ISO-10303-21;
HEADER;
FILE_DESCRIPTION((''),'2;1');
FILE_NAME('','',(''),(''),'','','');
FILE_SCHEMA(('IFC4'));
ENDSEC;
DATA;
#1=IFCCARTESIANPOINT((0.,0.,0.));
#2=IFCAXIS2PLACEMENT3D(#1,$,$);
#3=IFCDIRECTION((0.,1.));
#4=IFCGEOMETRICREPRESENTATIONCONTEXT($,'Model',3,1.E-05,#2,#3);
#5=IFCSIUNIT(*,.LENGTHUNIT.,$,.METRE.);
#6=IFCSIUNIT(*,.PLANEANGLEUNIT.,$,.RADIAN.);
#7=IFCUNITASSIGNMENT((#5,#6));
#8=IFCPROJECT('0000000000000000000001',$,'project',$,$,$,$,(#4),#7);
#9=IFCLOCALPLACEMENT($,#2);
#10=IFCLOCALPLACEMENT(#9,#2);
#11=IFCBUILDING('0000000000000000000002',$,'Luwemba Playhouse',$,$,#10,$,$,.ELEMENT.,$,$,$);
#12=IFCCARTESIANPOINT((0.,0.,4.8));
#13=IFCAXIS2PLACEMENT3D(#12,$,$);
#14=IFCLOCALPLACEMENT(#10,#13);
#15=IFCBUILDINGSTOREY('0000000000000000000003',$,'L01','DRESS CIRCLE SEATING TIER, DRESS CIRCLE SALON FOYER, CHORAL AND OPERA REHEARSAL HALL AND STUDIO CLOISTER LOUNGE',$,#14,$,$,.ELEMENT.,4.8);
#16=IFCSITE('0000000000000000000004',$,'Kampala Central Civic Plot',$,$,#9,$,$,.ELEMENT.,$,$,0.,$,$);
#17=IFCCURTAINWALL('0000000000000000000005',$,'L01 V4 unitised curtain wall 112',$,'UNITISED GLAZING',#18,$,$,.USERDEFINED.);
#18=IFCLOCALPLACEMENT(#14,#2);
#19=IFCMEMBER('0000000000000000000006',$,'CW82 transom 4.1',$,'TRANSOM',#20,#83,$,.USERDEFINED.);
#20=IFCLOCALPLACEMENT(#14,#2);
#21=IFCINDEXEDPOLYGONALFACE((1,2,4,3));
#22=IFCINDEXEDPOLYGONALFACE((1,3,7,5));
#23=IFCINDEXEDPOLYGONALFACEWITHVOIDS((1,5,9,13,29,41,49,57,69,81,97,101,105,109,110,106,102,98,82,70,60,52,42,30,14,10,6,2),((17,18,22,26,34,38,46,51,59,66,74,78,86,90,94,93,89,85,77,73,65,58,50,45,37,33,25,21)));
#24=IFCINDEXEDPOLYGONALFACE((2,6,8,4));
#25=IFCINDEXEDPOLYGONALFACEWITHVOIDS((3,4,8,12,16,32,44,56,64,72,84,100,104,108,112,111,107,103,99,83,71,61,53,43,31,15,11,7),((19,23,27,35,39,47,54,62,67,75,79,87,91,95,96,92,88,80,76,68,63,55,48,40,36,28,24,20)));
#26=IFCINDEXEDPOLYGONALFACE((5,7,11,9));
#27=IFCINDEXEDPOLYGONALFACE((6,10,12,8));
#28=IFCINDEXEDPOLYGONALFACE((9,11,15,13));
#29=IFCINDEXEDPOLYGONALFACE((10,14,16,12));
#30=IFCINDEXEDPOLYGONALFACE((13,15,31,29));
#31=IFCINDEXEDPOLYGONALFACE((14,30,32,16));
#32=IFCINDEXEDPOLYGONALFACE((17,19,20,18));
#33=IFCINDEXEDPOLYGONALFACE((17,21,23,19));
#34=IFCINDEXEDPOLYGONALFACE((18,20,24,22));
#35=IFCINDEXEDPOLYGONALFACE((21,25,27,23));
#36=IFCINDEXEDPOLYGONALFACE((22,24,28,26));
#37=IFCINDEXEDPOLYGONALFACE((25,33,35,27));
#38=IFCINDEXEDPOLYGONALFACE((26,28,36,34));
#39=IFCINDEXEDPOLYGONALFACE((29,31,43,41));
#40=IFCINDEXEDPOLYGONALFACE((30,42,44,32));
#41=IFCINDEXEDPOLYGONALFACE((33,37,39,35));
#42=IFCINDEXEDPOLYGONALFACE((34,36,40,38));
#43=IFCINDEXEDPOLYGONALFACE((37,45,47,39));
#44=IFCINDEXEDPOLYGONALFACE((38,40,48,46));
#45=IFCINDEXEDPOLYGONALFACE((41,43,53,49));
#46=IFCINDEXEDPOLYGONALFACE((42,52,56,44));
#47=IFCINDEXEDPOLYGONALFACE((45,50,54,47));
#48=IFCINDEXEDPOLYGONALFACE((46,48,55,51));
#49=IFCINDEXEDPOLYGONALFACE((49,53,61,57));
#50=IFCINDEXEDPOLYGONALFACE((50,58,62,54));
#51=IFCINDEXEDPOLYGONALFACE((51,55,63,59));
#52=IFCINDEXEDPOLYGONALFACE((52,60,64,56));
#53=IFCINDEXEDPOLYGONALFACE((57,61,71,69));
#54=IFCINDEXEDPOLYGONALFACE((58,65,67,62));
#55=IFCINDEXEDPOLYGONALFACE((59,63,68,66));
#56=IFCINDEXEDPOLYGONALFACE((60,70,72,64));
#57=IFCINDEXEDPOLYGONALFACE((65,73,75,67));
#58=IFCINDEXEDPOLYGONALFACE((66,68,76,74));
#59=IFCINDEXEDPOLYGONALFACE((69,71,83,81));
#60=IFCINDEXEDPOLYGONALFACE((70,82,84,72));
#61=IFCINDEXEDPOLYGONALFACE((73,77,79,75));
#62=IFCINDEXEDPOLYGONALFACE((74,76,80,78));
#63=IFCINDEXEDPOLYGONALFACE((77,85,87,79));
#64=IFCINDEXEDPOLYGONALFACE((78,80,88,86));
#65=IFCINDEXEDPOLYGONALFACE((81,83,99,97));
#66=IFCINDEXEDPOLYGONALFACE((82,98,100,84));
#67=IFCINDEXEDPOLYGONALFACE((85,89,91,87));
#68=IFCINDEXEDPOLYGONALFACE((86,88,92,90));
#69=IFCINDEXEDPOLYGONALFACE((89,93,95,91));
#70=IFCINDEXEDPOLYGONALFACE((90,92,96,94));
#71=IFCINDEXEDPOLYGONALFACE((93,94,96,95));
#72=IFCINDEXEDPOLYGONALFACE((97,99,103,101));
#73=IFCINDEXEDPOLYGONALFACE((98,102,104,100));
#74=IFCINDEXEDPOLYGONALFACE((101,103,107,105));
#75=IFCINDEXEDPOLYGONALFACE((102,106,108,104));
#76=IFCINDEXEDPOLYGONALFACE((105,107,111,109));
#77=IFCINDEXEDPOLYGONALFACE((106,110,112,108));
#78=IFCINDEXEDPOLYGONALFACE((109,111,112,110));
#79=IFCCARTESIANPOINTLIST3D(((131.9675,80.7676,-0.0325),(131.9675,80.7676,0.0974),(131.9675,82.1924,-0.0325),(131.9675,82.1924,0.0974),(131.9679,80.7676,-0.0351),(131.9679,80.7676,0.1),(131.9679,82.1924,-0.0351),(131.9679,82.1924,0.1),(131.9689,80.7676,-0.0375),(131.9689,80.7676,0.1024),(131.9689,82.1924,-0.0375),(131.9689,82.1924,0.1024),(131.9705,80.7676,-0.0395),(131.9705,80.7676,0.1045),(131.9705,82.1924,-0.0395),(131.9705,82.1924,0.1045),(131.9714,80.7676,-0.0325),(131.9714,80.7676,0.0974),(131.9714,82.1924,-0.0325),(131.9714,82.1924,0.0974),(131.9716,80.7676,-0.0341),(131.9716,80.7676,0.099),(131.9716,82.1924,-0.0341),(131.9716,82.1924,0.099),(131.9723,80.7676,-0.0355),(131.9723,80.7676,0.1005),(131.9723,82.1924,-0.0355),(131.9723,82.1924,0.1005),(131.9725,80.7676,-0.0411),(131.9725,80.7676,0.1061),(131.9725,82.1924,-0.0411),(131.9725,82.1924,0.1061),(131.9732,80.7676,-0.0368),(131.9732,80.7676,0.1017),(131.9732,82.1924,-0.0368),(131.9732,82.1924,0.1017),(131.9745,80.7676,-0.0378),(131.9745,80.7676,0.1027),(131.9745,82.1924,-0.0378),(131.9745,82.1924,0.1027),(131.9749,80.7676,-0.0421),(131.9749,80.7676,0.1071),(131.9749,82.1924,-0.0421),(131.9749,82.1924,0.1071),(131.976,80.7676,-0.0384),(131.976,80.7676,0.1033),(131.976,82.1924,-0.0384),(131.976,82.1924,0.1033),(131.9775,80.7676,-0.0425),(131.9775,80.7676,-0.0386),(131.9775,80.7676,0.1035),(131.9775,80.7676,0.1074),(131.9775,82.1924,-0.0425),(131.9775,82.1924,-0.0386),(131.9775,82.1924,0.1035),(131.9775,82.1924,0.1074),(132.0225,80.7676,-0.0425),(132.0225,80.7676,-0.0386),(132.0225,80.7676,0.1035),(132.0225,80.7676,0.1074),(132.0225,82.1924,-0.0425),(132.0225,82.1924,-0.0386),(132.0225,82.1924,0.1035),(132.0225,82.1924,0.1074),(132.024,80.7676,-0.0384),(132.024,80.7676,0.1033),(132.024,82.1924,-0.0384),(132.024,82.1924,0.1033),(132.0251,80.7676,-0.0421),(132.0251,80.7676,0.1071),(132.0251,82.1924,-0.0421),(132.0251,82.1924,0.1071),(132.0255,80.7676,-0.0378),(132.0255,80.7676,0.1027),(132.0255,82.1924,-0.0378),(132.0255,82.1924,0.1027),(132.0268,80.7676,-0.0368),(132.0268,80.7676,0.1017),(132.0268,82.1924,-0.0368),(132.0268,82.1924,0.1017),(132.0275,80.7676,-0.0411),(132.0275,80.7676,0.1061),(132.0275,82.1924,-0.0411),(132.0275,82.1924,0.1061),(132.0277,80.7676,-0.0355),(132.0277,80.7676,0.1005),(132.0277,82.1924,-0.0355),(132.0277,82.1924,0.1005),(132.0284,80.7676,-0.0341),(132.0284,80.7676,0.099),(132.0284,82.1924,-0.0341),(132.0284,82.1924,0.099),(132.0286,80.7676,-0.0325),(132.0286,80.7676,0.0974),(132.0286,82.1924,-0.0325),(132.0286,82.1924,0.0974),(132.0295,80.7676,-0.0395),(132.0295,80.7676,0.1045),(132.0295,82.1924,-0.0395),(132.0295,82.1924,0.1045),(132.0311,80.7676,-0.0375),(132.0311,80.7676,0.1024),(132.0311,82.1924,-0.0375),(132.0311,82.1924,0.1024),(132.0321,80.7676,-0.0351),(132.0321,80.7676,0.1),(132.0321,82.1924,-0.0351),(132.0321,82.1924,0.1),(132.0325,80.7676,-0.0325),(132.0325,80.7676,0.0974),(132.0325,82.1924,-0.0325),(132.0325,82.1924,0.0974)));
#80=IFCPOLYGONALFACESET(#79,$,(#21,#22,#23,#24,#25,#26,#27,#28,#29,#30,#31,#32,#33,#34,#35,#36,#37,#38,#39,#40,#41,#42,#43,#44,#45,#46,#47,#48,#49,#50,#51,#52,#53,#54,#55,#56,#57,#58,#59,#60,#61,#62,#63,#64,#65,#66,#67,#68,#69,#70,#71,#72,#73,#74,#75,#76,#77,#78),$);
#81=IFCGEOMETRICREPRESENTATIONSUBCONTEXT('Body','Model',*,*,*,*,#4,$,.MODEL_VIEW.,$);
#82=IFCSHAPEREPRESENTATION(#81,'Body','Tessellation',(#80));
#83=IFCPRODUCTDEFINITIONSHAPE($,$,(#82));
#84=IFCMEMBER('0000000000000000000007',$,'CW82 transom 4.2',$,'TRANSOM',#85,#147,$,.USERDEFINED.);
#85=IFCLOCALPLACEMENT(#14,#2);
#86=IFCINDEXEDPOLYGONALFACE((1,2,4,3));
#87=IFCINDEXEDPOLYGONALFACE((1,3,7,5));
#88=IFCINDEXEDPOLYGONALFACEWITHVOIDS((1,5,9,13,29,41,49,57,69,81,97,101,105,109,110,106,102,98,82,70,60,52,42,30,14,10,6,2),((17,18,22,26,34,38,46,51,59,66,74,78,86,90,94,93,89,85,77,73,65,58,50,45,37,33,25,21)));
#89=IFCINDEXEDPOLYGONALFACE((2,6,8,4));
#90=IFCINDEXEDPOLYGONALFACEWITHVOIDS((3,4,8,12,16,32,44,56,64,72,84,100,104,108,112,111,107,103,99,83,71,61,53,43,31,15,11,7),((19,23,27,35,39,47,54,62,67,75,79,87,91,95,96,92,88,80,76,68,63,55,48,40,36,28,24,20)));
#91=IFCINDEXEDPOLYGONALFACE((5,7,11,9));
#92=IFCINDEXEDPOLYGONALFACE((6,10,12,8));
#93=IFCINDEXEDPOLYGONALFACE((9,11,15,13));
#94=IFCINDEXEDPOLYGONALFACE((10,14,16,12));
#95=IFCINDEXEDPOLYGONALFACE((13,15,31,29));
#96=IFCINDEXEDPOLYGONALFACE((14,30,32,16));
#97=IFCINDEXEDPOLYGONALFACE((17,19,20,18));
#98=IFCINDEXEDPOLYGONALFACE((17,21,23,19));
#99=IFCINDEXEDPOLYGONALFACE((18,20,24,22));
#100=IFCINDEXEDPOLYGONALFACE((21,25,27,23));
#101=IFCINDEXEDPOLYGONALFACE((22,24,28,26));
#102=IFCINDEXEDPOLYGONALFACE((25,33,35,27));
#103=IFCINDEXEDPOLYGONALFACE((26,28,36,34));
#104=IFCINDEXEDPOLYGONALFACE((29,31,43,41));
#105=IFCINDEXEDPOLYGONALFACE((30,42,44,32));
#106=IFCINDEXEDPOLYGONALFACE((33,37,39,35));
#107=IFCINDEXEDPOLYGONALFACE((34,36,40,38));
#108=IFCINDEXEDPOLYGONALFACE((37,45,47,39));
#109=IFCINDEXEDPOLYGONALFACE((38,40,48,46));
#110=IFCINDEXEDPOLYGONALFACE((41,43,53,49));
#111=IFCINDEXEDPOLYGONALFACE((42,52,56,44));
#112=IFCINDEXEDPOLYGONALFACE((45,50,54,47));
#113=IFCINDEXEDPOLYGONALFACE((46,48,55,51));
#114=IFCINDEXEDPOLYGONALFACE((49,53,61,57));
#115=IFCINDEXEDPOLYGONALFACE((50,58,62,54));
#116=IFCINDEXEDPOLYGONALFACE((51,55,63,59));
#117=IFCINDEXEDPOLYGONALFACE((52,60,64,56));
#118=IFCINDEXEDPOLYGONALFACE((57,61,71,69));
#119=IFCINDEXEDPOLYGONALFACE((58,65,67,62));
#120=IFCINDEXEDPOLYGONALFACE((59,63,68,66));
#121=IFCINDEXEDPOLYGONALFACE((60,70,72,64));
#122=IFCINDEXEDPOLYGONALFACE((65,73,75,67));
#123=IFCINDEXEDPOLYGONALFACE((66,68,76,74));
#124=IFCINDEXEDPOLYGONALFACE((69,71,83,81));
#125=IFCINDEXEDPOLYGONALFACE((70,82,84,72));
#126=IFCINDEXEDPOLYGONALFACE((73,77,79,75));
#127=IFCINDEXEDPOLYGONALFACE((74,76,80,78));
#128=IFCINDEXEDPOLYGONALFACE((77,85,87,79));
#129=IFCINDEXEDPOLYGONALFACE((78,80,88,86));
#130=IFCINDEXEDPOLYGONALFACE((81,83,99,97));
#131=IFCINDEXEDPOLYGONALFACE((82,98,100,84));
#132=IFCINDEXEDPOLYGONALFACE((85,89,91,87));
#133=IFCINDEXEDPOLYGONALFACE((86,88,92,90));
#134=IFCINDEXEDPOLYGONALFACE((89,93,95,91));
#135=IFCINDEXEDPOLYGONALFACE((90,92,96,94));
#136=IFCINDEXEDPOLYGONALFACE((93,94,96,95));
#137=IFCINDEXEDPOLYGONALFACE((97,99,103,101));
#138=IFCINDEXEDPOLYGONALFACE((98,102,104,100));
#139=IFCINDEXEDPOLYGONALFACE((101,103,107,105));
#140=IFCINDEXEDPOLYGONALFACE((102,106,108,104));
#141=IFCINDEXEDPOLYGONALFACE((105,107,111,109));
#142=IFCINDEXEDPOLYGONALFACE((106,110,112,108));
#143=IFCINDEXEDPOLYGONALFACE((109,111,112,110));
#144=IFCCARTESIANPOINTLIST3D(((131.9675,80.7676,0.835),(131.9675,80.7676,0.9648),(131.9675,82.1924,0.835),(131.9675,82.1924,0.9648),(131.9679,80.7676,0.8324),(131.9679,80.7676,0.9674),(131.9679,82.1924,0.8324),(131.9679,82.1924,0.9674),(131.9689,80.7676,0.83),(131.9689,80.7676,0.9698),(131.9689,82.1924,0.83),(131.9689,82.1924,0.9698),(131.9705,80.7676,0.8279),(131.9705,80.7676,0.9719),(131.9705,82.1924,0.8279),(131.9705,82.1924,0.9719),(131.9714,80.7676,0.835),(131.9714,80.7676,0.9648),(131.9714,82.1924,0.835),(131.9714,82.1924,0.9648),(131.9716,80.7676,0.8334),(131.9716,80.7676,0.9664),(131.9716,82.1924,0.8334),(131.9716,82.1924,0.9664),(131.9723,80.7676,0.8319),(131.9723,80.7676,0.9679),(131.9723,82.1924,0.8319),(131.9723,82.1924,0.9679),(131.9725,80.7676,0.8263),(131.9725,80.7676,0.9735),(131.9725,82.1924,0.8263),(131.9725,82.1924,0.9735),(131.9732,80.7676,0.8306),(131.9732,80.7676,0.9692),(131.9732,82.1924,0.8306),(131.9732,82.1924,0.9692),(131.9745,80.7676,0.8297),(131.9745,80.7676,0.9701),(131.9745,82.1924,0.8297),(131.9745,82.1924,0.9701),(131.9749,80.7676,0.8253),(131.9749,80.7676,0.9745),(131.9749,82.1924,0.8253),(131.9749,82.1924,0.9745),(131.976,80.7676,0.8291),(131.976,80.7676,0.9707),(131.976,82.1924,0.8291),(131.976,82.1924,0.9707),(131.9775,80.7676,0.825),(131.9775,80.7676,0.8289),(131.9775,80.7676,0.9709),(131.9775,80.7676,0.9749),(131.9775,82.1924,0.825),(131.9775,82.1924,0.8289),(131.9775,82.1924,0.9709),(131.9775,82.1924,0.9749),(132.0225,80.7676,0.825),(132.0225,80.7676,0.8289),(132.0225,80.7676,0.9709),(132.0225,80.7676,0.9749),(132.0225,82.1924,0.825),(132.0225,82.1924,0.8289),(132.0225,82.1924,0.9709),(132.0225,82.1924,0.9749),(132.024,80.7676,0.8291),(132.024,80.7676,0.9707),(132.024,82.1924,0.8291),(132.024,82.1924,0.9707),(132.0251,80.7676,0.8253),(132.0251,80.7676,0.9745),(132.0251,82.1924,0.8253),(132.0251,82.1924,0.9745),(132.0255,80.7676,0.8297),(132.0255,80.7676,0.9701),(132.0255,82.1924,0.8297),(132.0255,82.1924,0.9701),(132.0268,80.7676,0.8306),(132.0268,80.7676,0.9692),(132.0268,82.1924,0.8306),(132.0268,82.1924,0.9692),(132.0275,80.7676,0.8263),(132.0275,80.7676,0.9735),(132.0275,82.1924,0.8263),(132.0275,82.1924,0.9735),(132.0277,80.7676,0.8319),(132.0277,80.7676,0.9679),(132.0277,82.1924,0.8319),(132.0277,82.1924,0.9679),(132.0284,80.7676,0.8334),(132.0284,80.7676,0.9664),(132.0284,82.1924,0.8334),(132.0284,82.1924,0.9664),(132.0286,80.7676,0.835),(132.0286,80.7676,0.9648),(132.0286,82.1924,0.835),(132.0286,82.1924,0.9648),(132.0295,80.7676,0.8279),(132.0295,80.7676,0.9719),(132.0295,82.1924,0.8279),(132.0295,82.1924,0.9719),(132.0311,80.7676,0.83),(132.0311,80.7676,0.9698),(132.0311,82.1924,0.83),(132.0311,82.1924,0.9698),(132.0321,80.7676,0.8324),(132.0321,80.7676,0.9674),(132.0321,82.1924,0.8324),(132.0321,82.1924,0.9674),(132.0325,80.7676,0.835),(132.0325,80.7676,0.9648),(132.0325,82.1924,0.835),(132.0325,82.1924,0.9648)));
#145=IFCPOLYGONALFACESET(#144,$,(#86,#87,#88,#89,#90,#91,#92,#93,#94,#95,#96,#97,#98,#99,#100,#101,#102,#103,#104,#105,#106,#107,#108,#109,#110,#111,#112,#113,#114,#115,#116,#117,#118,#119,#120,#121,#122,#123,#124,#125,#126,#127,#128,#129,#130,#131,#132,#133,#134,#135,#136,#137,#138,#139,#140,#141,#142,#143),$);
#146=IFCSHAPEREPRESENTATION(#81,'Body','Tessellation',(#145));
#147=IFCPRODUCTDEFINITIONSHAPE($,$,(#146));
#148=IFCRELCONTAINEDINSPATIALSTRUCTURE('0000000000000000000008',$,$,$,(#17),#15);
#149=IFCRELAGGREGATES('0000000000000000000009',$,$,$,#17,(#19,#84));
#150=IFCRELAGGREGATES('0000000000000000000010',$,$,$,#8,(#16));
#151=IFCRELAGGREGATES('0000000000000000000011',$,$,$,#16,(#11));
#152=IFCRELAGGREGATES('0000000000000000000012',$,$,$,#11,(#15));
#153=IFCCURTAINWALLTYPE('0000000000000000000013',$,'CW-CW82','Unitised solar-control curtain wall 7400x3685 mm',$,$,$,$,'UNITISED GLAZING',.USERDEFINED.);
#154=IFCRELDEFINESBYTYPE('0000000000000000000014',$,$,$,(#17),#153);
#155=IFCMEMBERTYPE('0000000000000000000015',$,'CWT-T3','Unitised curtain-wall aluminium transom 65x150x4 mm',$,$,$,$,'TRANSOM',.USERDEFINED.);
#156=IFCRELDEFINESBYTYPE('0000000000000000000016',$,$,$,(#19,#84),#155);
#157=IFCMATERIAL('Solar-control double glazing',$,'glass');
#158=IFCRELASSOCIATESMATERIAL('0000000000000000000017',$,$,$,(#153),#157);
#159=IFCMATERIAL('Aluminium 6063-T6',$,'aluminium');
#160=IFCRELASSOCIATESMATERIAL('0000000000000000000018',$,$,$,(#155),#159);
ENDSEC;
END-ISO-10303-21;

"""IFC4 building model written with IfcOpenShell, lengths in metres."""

from ifc_helpers import new_model, si_unit, direction, frame, origin, origin_2d, place, context, subcontext, project, spatial, hollow_rectangle, extrude, material, material_profile, profile_set, type_object, element, aggregate, save


model = new_model("IFC4")

# Units and contexts
model_context = context("Model", 3, precision=1e-05, world=origin(), true_north=direction((0.0, 1.0)))
body_context = subcontext(model_context, "Body", "Model", "MODEL_VIEW")
ifc_project = project(units=[si_unit("LENGTHUNIT", "METRE"), si_unit("PLANEANGLEUNIT", "RADIAN")], contexts=[model_context])

# Site, building, storey
site_placement = place(None, origin())
site = spatial("IfcSite", under=ifc_project, at=site_placement, Name="Kampala Central Civic Plot", CompositionType="ELEMENT", RefElevation=0.0)
building_placement = place(site_placement, origin())
building = spatial("IfcBuilding", under=site, at=building_placement, Name="Luwemba Playhouse", CompositionType="ELEMENT")
storey_placement = place(building_placement, frame((0.0, 0.0, 4.8)))
storey = spatial("IfcBuildingStorey", under=building, at=storey_placement, Name="L01", Description="DRESS CIRCLE SEATING TIER, DRESS CIRCLE SALON FOYER, CHORAL AND OPERA REHEARSAL HALL AND STUDIO CLOISTER LOUNGE", CompositionType="ELEMENT", Elevation=4.8)

# Curtain wall, members
ifc_material_1 = material(Name="Solar-control double glazing", Category="glass")
curtain_wall_type = type_object("IfcCurtainWallType", Name="CW-CW82", Description="Unitised solar-control curtain wall 7400x3685 mm", ElementType="UNITISED GLAZING", PredefinedType="USERDEFINED", material=ifc_material_1)
curtain_wall_placement = place(storey_placement, origin())
curtain_wall = element("IfcCurtainWall", 1, at=curtain_wall_placement, inside=storey, type_object=curtain_wall_type, Name="L01 V4 unitised curtain wall 112", ObjectType="UNITISED GLAZING", PredefinedType="USERDEFINED")
ifc_material_2 = material(Name="Aluminium 6063-T6", Category="aluminium")
ifc_material_profile_1 = material_profile(ifc_material_2, hollow_rectangle(XDim=0.0649, YDim=0.1499, WallThickness=0.0039, InnerFilletRadius=0.0061, OuterFilletRadius=0.01, at=origin_2d()))
ifc_profile_set_1 = profile_set([ifc_material_profile_1], Name="Aluminium 6063-T6")
member_type_1 = type_object("IfcMemberType", Name="CWT-T3", Description="Unitised curtain-wall aluminium transom 65x150x4 mm", ElementType="TRANSOM", PredefinedType="USERDEFINED", material=ifc_profile_set_1)
member_1_placement = place(storey_placement, frame((132.0, 80.7676, 0.0325), z_axis=(0.0, 1.0, 0.0), x_axis=(-1.0, 0.0, 0.0)))
member_1 = element("IfcMember", 2, at=member_1_placement, type_object=member_type_1, Name="CW82 transom 4.1", ObjectType="TRANSOM", PredefinedType="USERDEFINED", context=body_context, shape_type="SweptSolid", body=[
    extrude(hollow_rectangle(XDim=0.0649, YDim=0.1499, WallThickness=0.0039, InnerFilletRadius=0.0061, OuterFilletRadius=0.01, at=origin_2d()), origin(), (0.0, 0.0, 1.0), 1.4248),
])
member_2_placement = place(storey_placement, frame((132.0, 80.7676, 0.8999), z_axis=(0.0, 1.0, 0.0), x_axis=(-1.0, 0.0, 0.0)))
member_2 = element("IfcMember", 3, at=member_2_placement, type_object=member_type_1, Name="CW82 transom 4.2", ObjectType="TRANSOM", PredefinedType="USERDEFINED", context=body_context, shape_type="SweptSolid", body=[
    extrude(hollow_rectangle(XDim=0.0649, YDim=0.1499, WallThickness=0.0039, InnerFilletRadius=0.0061, OuterFilletRadius=0.01, at=origin_2d()), origin(), (0.0, 0.0, 1.0), 1.4248),
])
aggregate(curtain_wall, [member_1, member_2])

save(model, "model.ifc")
